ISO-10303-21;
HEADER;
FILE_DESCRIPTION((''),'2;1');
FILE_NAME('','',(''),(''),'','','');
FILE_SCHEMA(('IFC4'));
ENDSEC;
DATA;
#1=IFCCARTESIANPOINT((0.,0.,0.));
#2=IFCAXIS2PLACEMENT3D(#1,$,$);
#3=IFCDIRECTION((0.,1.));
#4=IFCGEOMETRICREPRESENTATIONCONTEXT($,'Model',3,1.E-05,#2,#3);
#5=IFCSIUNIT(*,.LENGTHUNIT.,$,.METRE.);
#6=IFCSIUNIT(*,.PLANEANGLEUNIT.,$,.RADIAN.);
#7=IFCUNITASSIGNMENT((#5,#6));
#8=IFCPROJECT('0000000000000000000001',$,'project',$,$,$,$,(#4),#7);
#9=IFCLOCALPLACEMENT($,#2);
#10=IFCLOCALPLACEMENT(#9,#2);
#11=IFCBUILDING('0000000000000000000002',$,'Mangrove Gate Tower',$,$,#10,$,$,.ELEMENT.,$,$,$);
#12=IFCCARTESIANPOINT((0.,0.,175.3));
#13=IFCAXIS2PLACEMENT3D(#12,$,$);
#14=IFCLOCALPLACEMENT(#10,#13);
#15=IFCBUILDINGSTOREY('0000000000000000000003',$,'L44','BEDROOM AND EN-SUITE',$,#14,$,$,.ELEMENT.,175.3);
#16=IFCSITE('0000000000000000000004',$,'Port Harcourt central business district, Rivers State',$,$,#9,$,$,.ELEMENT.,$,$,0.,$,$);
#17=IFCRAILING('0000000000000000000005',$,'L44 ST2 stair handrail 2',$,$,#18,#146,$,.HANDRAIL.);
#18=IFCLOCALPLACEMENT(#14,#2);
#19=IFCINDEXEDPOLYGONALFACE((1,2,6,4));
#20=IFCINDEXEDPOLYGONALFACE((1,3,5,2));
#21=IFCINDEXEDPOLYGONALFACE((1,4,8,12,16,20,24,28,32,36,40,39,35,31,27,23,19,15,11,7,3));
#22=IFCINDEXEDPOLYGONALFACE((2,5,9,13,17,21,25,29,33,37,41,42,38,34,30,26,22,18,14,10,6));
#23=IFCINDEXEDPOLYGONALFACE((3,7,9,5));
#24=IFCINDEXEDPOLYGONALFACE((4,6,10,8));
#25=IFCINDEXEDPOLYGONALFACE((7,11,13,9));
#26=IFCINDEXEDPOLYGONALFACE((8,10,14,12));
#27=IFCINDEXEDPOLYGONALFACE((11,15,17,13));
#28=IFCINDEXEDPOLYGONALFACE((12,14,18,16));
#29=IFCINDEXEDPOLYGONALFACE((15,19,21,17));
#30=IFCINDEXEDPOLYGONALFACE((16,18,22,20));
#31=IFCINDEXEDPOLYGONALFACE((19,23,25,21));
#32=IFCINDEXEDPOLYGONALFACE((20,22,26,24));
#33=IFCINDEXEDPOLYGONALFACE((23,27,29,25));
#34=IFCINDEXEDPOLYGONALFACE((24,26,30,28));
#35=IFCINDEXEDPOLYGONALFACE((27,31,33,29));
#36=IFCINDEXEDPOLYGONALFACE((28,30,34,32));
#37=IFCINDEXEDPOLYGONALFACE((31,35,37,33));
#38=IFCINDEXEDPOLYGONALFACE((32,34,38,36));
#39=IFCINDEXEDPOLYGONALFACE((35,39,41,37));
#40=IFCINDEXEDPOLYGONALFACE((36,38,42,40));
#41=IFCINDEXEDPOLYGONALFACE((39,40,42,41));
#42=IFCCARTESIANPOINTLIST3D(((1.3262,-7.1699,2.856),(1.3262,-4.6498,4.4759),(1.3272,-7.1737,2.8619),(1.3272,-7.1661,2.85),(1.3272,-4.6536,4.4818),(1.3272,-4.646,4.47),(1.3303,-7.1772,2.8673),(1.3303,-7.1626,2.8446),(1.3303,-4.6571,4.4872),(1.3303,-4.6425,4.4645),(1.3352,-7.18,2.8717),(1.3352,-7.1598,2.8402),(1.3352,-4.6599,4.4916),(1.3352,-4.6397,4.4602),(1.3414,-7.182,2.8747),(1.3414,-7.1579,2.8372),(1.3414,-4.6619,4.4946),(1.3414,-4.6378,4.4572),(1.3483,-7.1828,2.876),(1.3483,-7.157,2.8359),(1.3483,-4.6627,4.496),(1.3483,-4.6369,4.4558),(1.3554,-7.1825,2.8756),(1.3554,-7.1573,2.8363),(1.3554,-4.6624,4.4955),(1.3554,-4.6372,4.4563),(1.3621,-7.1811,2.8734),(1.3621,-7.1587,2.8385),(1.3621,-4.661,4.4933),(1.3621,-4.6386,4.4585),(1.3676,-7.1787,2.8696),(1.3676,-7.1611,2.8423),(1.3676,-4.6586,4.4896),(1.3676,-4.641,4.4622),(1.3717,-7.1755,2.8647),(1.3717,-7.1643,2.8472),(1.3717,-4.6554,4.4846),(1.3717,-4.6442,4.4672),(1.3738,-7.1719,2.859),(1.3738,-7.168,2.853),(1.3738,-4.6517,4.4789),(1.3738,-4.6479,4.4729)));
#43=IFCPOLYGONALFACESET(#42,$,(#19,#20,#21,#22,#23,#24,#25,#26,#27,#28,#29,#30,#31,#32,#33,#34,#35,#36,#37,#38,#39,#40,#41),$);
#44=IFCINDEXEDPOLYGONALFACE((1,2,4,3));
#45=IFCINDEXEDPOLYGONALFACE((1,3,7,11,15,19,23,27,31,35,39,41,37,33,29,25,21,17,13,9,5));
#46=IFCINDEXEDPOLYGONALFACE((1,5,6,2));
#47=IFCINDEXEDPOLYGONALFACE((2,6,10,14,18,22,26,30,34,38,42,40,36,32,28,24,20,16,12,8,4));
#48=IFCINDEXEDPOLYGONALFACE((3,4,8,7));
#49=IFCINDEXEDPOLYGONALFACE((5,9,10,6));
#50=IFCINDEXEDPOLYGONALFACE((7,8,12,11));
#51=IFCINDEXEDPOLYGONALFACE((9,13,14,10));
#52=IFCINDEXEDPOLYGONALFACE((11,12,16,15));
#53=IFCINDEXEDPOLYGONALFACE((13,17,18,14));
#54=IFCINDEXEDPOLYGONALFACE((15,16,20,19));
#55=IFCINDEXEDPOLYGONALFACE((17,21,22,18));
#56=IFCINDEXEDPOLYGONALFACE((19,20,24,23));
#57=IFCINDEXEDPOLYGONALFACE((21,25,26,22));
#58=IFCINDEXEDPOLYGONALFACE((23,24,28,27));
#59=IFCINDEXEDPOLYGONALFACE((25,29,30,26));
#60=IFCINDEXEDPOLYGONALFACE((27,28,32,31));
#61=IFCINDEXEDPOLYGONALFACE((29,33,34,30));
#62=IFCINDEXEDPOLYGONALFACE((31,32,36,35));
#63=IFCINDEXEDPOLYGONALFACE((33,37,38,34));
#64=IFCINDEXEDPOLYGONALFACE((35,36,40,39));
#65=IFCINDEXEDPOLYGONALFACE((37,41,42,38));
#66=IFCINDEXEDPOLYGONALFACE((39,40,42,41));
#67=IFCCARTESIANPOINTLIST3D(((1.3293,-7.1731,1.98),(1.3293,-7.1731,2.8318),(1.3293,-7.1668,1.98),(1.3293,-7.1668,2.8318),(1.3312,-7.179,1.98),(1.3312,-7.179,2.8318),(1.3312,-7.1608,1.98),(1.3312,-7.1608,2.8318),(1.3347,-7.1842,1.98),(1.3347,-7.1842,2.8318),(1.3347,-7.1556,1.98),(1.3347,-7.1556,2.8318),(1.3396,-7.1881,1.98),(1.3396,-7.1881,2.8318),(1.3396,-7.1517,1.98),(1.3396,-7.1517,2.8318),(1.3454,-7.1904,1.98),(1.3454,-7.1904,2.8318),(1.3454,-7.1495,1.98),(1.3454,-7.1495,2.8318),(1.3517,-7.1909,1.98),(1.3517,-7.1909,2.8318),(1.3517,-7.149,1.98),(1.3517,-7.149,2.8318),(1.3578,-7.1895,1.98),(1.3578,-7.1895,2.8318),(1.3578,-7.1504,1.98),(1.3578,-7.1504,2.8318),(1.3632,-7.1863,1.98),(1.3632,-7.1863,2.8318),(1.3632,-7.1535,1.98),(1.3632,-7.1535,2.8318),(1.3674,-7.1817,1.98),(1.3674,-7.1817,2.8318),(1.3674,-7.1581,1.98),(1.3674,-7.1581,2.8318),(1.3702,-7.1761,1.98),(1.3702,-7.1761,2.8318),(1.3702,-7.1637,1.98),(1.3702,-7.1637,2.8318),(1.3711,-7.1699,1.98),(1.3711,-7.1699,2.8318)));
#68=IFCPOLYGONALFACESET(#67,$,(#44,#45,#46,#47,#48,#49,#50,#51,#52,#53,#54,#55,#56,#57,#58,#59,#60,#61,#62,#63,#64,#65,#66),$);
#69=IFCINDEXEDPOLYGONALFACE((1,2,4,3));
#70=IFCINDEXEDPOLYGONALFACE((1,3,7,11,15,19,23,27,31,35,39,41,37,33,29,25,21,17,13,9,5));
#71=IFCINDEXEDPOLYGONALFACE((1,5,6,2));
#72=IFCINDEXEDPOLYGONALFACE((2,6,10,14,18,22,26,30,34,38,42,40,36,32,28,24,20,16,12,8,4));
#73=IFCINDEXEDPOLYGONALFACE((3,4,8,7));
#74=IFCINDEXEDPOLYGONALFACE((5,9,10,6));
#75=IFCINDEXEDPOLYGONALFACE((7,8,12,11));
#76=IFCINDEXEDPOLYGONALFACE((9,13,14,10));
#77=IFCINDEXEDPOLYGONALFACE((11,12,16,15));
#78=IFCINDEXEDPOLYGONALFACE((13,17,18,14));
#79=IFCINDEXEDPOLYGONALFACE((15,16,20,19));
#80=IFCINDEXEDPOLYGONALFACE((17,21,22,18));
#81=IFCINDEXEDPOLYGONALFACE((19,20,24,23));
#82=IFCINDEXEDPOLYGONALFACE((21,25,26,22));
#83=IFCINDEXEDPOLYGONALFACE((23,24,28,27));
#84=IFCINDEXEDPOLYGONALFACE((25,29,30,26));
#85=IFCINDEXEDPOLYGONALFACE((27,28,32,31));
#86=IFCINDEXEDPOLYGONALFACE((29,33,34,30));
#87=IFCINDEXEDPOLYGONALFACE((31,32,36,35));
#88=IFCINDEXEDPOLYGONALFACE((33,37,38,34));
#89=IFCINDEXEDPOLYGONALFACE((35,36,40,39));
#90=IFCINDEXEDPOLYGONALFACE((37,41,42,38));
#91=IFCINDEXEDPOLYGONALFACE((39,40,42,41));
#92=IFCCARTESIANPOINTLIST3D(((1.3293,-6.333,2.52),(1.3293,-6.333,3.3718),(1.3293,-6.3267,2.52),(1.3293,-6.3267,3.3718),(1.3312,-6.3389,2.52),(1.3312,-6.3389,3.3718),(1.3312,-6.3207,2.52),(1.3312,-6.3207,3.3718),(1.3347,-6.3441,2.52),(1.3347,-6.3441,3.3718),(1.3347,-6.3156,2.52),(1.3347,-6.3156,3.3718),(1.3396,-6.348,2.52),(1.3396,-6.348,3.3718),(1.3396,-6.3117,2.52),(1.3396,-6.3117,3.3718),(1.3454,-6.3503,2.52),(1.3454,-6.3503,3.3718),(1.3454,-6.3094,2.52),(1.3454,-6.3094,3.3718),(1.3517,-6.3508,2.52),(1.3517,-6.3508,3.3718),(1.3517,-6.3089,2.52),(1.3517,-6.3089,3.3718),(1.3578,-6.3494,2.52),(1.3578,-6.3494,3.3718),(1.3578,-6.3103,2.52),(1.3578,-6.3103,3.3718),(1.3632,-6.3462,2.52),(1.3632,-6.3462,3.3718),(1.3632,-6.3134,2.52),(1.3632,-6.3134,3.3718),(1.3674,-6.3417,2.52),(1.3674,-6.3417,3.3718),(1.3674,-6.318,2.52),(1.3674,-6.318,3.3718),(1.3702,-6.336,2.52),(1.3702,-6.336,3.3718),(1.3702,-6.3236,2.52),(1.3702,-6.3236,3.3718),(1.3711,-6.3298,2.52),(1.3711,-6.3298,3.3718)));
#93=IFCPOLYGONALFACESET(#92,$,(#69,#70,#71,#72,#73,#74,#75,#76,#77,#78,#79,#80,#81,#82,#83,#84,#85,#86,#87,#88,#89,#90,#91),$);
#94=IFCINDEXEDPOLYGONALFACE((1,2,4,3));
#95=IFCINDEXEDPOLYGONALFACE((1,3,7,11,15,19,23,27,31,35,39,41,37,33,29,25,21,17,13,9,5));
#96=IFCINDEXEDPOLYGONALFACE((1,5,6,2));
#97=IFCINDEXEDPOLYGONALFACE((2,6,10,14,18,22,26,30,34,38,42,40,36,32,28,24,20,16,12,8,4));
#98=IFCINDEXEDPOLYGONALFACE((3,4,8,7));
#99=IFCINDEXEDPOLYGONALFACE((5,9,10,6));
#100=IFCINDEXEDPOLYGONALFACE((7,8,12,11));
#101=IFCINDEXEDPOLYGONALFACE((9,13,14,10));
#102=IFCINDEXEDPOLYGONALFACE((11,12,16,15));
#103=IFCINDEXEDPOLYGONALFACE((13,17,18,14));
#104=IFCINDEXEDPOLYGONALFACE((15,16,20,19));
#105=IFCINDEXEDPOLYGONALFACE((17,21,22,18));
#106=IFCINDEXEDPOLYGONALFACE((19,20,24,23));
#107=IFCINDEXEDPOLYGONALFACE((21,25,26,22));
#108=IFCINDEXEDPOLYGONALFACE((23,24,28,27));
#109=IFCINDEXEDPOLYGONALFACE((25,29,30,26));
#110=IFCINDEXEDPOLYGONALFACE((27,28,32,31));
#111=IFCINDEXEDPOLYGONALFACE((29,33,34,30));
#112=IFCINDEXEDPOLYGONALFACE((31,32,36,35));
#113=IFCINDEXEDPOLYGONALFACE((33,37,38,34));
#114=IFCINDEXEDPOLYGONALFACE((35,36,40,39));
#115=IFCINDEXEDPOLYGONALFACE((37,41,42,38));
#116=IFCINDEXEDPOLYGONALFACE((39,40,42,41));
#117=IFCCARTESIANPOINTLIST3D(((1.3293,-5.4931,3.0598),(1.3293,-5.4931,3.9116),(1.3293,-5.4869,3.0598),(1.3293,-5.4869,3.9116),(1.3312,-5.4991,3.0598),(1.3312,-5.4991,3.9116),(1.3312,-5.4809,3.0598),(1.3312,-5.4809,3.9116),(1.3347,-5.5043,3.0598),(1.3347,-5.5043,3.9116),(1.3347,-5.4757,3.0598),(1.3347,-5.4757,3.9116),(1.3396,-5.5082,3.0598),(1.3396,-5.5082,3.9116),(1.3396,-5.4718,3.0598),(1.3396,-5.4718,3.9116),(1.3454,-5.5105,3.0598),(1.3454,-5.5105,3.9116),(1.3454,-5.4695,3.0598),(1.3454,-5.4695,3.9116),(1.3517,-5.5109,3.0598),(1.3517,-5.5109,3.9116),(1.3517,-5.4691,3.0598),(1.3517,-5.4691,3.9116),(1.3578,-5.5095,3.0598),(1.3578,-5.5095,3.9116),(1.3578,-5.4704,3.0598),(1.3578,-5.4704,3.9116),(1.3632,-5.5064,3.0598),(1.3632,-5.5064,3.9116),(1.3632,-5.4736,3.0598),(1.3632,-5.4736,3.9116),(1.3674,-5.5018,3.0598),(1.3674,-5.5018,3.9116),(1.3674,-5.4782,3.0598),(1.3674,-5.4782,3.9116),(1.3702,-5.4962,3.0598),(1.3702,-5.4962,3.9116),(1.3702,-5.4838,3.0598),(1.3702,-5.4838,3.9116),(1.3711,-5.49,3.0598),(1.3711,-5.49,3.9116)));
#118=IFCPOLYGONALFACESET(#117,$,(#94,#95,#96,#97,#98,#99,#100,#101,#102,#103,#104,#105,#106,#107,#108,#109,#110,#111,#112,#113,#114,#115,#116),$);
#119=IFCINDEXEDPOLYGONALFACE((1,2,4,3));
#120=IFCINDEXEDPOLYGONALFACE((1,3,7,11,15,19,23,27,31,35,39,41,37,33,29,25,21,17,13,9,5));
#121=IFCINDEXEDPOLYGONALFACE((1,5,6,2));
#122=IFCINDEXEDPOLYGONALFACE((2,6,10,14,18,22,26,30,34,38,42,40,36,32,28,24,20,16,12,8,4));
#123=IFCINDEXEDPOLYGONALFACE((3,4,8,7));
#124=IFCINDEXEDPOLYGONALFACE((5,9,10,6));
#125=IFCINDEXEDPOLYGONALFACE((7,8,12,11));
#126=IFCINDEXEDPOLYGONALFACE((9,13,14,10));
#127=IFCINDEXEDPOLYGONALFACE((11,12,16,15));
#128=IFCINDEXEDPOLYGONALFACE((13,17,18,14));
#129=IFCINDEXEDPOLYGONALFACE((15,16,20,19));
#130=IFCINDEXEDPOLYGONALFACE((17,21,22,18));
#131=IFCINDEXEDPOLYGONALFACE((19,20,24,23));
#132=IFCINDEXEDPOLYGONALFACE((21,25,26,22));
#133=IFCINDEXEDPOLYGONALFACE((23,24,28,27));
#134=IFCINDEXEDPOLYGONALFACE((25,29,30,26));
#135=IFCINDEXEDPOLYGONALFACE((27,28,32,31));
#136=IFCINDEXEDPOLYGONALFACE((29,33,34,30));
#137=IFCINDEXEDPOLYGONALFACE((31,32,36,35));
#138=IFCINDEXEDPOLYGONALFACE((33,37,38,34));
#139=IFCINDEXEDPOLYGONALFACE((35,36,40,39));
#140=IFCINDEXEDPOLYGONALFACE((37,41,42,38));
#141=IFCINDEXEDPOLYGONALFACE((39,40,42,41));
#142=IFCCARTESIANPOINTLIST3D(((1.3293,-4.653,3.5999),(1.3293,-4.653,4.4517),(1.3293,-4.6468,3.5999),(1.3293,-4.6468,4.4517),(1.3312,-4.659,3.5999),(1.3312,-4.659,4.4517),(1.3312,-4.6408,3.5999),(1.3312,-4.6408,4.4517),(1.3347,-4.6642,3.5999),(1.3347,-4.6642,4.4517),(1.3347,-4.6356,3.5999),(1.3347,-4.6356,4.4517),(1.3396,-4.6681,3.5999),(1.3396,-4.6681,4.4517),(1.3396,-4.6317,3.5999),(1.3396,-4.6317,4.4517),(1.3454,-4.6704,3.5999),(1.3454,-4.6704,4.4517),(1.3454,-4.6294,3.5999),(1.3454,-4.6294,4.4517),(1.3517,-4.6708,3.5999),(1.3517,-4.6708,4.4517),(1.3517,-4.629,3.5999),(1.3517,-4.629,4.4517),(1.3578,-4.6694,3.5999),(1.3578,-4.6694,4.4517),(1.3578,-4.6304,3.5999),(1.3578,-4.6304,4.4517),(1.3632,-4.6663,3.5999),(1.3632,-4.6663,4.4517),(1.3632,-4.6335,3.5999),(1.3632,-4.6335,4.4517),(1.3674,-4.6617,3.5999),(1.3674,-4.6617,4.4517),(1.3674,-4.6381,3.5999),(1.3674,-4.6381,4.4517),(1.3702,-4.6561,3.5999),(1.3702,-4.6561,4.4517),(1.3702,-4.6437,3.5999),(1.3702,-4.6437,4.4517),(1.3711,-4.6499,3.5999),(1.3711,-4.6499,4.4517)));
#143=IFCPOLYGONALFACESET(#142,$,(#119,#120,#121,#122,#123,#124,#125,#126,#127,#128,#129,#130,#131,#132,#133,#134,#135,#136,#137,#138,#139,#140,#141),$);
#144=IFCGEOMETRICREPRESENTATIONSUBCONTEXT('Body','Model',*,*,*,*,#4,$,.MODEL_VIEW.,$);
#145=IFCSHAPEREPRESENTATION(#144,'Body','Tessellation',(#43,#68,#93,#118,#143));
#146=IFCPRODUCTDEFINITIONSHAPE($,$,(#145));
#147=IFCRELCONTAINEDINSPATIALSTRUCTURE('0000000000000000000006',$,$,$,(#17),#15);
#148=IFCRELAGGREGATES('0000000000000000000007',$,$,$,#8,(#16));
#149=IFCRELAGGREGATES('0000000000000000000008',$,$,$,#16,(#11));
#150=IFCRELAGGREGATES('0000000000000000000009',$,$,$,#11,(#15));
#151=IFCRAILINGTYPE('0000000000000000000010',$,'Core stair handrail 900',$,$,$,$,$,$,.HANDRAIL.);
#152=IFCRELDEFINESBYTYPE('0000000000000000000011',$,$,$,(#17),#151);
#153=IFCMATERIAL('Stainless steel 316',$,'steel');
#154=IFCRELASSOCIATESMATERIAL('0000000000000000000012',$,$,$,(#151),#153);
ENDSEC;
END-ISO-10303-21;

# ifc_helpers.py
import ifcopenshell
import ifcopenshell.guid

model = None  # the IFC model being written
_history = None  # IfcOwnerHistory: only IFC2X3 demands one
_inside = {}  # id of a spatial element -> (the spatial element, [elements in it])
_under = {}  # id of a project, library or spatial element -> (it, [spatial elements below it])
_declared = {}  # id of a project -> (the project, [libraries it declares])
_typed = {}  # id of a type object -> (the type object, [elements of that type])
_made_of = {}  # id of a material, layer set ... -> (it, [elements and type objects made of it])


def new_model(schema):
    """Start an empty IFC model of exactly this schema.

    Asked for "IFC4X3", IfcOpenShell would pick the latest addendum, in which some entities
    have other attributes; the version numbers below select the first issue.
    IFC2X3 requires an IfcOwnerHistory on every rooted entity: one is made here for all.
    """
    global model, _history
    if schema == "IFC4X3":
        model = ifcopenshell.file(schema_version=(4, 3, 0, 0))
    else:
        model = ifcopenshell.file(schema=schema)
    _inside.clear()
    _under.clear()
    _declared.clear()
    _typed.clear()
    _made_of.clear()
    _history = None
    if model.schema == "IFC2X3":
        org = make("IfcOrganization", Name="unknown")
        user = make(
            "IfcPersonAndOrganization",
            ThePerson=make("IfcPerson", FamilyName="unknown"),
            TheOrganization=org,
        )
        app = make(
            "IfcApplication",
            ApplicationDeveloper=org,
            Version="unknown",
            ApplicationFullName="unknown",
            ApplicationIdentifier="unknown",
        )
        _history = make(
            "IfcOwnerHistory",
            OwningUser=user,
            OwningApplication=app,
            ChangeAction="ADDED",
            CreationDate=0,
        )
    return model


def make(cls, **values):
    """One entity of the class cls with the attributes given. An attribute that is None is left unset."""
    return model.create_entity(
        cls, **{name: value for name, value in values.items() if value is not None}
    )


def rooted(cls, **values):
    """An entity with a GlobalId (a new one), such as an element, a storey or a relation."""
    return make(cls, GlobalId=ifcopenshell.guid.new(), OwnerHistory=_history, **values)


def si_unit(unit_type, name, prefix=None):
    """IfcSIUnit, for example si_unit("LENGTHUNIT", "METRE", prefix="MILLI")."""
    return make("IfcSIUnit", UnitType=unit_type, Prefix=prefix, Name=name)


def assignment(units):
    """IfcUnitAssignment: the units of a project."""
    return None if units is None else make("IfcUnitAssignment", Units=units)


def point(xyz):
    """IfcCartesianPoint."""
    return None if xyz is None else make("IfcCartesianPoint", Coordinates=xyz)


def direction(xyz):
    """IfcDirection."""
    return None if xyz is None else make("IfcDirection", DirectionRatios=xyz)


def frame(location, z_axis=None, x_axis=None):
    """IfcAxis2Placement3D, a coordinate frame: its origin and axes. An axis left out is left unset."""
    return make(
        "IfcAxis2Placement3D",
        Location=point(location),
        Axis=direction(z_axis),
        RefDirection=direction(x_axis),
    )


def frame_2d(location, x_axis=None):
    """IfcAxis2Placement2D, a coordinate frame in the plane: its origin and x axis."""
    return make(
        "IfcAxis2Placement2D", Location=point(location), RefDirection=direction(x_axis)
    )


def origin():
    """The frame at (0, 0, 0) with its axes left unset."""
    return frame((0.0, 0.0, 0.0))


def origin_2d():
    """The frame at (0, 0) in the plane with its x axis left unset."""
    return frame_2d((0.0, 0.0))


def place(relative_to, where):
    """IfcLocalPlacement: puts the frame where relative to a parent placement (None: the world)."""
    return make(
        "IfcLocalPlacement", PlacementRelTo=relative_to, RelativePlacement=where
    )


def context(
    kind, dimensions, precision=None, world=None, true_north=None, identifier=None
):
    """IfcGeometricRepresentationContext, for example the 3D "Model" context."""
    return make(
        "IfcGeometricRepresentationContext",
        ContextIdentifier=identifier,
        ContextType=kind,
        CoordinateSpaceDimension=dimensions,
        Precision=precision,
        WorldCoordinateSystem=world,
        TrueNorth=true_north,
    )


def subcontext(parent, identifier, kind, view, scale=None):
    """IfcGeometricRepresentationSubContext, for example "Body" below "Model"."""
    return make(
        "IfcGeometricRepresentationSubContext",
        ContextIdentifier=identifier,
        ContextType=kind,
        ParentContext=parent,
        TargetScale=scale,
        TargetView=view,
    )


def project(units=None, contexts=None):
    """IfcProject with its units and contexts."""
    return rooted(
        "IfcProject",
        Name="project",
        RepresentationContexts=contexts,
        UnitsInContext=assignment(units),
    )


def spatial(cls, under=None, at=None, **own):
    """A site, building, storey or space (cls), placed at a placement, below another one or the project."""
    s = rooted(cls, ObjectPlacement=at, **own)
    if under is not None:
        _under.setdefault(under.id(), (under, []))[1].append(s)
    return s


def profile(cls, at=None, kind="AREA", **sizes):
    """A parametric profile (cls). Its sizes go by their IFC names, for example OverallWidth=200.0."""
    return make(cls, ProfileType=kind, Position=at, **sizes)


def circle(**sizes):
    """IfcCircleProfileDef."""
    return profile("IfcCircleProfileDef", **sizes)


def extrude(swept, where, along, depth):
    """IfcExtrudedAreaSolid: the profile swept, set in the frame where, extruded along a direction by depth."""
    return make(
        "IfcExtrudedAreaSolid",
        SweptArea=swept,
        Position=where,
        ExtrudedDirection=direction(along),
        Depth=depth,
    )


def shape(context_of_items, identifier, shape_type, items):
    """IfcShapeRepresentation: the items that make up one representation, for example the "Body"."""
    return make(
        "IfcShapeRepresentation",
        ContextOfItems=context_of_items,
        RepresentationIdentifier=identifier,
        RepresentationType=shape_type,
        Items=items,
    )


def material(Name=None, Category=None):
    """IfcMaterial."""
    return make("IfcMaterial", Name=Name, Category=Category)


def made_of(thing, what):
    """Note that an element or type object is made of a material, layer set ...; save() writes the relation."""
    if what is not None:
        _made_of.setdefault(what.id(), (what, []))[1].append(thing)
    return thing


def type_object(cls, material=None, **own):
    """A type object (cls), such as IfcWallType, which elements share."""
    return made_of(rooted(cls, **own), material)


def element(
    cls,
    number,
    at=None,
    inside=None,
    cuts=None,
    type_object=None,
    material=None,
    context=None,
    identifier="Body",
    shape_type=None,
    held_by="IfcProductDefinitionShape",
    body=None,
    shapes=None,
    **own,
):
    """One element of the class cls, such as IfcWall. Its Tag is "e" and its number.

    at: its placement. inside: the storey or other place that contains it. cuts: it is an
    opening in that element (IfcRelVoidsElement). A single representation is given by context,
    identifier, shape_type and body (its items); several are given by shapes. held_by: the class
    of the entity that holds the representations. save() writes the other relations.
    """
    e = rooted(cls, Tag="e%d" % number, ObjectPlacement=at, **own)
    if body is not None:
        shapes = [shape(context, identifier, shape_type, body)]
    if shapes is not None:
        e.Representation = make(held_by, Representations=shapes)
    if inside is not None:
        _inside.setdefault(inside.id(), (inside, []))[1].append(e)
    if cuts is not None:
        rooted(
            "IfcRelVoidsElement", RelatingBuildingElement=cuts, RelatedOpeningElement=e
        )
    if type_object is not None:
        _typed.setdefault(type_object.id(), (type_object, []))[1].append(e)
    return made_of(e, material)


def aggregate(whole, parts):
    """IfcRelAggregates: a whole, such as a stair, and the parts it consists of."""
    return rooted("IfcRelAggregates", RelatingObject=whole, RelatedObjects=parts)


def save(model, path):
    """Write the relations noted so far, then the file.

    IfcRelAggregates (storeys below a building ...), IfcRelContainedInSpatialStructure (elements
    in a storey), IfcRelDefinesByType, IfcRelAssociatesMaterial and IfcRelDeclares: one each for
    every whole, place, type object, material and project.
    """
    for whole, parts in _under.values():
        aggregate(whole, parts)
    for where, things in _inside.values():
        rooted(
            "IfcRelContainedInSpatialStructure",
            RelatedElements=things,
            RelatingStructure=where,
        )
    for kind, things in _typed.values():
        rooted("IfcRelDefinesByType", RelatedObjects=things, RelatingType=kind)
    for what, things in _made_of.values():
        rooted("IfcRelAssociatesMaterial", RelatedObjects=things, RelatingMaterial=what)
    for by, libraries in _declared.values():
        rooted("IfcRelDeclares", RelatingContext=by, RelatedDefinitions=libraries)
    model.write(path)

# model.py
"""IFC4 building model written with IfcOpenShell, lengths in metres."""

from ifc_helpers import new_model, si_unit, direction, frame, origin, origin_2d, place, context, subcontext, project, spatial, circle, extrude, material, type_object, element, save


model = new_model("IFC4")

# Units and contexts
model_context = context("Model", 3, precision=1e-05, world=origin(), true_north=direction((0.0, 1.0)))
body_context = subcontext(model_context, "Body", "Model", "MODEL_VIEW")
ifc_project = project(units=[si_unit("LENGTHUNIT", "METRE"), si_unit("PLANEANGLEUNIT", "RADIAN")], contexts=[model_context])

# Site, building, storey
site_placement = place(None, origin())
site = spatial("IfcSite", under=ifc_project, at=site_placement, Name="Port Harcourt central business district, Rivers State", CompositionType="ELEMENT", RefElevation=0.0)
building_placement = place(site_placement, origin())
building = spatial("IfcBuilding", under=site, at=building_placement, Name="Mangrove Gate Tower", CompositionType="ELEMENT")
storey_placement = place(building_placement, frame((0.0, 0.0, 175.3)))
storey = spatial("IfcBuildingStorey", under=building, at=storey_placement, Name="L44", Description="BEDROOM AND EN-SUITE", CompositionType="ELEMENT", Elevation=175.3)

# Railing
ifc_material_1 = material(Name="Stainless steel 316", Category="steel")
railing_type_1 = type_object("IfcRailingType", Name="Core stair handrail 900", PredefinedType="HANDRAIL", material=ifc_material_1)
railing_1_placement = place(storey_placement, frame((1.3501, -7.1699, 1.98)))
element("IfcRailing", 1, at=railing_1_placement, inside=storey, type_object=railing_type_1, Name="L44 ST2 stair handrail 2", PredefinedType="HANDRAIL", context=body_context, shape_type="SweptSolid", body=[
    extrude(circle(Radius=0.0239, at=origin_2d()), frame((0.0, 0.0, 0.876), z_axis=(0.0, 0.8412, 0.540725), x_axis=(-1.0, 0.0, 0.0)), (0.0, 0.0, 1.0), 2.9958),
    extrude(circle(Radius=0.021, at=origin_2d()), origin(), (0.0, 0.0, 1.0), 0.8518),
    extrude(circle(Radius=0.021, at=origin_2d()), frame((0.0, 0.8401, 0.54)), (0.0, 0.0, 1.0), 0.8518),
    extrude(circle(Radius=0.021, at=origin_2d()), frame((0.0, 1.6799, 1.0798)), (0.0, 0.0, 1.0), 0.8518),
    extrude(circle(Radius=0.021, at=origin_2d()), frame((0.0, 2.52, 1.6199)), (0.0, 0.0, 1.0), 0.8518),
])

save(model, "model.ifc")
